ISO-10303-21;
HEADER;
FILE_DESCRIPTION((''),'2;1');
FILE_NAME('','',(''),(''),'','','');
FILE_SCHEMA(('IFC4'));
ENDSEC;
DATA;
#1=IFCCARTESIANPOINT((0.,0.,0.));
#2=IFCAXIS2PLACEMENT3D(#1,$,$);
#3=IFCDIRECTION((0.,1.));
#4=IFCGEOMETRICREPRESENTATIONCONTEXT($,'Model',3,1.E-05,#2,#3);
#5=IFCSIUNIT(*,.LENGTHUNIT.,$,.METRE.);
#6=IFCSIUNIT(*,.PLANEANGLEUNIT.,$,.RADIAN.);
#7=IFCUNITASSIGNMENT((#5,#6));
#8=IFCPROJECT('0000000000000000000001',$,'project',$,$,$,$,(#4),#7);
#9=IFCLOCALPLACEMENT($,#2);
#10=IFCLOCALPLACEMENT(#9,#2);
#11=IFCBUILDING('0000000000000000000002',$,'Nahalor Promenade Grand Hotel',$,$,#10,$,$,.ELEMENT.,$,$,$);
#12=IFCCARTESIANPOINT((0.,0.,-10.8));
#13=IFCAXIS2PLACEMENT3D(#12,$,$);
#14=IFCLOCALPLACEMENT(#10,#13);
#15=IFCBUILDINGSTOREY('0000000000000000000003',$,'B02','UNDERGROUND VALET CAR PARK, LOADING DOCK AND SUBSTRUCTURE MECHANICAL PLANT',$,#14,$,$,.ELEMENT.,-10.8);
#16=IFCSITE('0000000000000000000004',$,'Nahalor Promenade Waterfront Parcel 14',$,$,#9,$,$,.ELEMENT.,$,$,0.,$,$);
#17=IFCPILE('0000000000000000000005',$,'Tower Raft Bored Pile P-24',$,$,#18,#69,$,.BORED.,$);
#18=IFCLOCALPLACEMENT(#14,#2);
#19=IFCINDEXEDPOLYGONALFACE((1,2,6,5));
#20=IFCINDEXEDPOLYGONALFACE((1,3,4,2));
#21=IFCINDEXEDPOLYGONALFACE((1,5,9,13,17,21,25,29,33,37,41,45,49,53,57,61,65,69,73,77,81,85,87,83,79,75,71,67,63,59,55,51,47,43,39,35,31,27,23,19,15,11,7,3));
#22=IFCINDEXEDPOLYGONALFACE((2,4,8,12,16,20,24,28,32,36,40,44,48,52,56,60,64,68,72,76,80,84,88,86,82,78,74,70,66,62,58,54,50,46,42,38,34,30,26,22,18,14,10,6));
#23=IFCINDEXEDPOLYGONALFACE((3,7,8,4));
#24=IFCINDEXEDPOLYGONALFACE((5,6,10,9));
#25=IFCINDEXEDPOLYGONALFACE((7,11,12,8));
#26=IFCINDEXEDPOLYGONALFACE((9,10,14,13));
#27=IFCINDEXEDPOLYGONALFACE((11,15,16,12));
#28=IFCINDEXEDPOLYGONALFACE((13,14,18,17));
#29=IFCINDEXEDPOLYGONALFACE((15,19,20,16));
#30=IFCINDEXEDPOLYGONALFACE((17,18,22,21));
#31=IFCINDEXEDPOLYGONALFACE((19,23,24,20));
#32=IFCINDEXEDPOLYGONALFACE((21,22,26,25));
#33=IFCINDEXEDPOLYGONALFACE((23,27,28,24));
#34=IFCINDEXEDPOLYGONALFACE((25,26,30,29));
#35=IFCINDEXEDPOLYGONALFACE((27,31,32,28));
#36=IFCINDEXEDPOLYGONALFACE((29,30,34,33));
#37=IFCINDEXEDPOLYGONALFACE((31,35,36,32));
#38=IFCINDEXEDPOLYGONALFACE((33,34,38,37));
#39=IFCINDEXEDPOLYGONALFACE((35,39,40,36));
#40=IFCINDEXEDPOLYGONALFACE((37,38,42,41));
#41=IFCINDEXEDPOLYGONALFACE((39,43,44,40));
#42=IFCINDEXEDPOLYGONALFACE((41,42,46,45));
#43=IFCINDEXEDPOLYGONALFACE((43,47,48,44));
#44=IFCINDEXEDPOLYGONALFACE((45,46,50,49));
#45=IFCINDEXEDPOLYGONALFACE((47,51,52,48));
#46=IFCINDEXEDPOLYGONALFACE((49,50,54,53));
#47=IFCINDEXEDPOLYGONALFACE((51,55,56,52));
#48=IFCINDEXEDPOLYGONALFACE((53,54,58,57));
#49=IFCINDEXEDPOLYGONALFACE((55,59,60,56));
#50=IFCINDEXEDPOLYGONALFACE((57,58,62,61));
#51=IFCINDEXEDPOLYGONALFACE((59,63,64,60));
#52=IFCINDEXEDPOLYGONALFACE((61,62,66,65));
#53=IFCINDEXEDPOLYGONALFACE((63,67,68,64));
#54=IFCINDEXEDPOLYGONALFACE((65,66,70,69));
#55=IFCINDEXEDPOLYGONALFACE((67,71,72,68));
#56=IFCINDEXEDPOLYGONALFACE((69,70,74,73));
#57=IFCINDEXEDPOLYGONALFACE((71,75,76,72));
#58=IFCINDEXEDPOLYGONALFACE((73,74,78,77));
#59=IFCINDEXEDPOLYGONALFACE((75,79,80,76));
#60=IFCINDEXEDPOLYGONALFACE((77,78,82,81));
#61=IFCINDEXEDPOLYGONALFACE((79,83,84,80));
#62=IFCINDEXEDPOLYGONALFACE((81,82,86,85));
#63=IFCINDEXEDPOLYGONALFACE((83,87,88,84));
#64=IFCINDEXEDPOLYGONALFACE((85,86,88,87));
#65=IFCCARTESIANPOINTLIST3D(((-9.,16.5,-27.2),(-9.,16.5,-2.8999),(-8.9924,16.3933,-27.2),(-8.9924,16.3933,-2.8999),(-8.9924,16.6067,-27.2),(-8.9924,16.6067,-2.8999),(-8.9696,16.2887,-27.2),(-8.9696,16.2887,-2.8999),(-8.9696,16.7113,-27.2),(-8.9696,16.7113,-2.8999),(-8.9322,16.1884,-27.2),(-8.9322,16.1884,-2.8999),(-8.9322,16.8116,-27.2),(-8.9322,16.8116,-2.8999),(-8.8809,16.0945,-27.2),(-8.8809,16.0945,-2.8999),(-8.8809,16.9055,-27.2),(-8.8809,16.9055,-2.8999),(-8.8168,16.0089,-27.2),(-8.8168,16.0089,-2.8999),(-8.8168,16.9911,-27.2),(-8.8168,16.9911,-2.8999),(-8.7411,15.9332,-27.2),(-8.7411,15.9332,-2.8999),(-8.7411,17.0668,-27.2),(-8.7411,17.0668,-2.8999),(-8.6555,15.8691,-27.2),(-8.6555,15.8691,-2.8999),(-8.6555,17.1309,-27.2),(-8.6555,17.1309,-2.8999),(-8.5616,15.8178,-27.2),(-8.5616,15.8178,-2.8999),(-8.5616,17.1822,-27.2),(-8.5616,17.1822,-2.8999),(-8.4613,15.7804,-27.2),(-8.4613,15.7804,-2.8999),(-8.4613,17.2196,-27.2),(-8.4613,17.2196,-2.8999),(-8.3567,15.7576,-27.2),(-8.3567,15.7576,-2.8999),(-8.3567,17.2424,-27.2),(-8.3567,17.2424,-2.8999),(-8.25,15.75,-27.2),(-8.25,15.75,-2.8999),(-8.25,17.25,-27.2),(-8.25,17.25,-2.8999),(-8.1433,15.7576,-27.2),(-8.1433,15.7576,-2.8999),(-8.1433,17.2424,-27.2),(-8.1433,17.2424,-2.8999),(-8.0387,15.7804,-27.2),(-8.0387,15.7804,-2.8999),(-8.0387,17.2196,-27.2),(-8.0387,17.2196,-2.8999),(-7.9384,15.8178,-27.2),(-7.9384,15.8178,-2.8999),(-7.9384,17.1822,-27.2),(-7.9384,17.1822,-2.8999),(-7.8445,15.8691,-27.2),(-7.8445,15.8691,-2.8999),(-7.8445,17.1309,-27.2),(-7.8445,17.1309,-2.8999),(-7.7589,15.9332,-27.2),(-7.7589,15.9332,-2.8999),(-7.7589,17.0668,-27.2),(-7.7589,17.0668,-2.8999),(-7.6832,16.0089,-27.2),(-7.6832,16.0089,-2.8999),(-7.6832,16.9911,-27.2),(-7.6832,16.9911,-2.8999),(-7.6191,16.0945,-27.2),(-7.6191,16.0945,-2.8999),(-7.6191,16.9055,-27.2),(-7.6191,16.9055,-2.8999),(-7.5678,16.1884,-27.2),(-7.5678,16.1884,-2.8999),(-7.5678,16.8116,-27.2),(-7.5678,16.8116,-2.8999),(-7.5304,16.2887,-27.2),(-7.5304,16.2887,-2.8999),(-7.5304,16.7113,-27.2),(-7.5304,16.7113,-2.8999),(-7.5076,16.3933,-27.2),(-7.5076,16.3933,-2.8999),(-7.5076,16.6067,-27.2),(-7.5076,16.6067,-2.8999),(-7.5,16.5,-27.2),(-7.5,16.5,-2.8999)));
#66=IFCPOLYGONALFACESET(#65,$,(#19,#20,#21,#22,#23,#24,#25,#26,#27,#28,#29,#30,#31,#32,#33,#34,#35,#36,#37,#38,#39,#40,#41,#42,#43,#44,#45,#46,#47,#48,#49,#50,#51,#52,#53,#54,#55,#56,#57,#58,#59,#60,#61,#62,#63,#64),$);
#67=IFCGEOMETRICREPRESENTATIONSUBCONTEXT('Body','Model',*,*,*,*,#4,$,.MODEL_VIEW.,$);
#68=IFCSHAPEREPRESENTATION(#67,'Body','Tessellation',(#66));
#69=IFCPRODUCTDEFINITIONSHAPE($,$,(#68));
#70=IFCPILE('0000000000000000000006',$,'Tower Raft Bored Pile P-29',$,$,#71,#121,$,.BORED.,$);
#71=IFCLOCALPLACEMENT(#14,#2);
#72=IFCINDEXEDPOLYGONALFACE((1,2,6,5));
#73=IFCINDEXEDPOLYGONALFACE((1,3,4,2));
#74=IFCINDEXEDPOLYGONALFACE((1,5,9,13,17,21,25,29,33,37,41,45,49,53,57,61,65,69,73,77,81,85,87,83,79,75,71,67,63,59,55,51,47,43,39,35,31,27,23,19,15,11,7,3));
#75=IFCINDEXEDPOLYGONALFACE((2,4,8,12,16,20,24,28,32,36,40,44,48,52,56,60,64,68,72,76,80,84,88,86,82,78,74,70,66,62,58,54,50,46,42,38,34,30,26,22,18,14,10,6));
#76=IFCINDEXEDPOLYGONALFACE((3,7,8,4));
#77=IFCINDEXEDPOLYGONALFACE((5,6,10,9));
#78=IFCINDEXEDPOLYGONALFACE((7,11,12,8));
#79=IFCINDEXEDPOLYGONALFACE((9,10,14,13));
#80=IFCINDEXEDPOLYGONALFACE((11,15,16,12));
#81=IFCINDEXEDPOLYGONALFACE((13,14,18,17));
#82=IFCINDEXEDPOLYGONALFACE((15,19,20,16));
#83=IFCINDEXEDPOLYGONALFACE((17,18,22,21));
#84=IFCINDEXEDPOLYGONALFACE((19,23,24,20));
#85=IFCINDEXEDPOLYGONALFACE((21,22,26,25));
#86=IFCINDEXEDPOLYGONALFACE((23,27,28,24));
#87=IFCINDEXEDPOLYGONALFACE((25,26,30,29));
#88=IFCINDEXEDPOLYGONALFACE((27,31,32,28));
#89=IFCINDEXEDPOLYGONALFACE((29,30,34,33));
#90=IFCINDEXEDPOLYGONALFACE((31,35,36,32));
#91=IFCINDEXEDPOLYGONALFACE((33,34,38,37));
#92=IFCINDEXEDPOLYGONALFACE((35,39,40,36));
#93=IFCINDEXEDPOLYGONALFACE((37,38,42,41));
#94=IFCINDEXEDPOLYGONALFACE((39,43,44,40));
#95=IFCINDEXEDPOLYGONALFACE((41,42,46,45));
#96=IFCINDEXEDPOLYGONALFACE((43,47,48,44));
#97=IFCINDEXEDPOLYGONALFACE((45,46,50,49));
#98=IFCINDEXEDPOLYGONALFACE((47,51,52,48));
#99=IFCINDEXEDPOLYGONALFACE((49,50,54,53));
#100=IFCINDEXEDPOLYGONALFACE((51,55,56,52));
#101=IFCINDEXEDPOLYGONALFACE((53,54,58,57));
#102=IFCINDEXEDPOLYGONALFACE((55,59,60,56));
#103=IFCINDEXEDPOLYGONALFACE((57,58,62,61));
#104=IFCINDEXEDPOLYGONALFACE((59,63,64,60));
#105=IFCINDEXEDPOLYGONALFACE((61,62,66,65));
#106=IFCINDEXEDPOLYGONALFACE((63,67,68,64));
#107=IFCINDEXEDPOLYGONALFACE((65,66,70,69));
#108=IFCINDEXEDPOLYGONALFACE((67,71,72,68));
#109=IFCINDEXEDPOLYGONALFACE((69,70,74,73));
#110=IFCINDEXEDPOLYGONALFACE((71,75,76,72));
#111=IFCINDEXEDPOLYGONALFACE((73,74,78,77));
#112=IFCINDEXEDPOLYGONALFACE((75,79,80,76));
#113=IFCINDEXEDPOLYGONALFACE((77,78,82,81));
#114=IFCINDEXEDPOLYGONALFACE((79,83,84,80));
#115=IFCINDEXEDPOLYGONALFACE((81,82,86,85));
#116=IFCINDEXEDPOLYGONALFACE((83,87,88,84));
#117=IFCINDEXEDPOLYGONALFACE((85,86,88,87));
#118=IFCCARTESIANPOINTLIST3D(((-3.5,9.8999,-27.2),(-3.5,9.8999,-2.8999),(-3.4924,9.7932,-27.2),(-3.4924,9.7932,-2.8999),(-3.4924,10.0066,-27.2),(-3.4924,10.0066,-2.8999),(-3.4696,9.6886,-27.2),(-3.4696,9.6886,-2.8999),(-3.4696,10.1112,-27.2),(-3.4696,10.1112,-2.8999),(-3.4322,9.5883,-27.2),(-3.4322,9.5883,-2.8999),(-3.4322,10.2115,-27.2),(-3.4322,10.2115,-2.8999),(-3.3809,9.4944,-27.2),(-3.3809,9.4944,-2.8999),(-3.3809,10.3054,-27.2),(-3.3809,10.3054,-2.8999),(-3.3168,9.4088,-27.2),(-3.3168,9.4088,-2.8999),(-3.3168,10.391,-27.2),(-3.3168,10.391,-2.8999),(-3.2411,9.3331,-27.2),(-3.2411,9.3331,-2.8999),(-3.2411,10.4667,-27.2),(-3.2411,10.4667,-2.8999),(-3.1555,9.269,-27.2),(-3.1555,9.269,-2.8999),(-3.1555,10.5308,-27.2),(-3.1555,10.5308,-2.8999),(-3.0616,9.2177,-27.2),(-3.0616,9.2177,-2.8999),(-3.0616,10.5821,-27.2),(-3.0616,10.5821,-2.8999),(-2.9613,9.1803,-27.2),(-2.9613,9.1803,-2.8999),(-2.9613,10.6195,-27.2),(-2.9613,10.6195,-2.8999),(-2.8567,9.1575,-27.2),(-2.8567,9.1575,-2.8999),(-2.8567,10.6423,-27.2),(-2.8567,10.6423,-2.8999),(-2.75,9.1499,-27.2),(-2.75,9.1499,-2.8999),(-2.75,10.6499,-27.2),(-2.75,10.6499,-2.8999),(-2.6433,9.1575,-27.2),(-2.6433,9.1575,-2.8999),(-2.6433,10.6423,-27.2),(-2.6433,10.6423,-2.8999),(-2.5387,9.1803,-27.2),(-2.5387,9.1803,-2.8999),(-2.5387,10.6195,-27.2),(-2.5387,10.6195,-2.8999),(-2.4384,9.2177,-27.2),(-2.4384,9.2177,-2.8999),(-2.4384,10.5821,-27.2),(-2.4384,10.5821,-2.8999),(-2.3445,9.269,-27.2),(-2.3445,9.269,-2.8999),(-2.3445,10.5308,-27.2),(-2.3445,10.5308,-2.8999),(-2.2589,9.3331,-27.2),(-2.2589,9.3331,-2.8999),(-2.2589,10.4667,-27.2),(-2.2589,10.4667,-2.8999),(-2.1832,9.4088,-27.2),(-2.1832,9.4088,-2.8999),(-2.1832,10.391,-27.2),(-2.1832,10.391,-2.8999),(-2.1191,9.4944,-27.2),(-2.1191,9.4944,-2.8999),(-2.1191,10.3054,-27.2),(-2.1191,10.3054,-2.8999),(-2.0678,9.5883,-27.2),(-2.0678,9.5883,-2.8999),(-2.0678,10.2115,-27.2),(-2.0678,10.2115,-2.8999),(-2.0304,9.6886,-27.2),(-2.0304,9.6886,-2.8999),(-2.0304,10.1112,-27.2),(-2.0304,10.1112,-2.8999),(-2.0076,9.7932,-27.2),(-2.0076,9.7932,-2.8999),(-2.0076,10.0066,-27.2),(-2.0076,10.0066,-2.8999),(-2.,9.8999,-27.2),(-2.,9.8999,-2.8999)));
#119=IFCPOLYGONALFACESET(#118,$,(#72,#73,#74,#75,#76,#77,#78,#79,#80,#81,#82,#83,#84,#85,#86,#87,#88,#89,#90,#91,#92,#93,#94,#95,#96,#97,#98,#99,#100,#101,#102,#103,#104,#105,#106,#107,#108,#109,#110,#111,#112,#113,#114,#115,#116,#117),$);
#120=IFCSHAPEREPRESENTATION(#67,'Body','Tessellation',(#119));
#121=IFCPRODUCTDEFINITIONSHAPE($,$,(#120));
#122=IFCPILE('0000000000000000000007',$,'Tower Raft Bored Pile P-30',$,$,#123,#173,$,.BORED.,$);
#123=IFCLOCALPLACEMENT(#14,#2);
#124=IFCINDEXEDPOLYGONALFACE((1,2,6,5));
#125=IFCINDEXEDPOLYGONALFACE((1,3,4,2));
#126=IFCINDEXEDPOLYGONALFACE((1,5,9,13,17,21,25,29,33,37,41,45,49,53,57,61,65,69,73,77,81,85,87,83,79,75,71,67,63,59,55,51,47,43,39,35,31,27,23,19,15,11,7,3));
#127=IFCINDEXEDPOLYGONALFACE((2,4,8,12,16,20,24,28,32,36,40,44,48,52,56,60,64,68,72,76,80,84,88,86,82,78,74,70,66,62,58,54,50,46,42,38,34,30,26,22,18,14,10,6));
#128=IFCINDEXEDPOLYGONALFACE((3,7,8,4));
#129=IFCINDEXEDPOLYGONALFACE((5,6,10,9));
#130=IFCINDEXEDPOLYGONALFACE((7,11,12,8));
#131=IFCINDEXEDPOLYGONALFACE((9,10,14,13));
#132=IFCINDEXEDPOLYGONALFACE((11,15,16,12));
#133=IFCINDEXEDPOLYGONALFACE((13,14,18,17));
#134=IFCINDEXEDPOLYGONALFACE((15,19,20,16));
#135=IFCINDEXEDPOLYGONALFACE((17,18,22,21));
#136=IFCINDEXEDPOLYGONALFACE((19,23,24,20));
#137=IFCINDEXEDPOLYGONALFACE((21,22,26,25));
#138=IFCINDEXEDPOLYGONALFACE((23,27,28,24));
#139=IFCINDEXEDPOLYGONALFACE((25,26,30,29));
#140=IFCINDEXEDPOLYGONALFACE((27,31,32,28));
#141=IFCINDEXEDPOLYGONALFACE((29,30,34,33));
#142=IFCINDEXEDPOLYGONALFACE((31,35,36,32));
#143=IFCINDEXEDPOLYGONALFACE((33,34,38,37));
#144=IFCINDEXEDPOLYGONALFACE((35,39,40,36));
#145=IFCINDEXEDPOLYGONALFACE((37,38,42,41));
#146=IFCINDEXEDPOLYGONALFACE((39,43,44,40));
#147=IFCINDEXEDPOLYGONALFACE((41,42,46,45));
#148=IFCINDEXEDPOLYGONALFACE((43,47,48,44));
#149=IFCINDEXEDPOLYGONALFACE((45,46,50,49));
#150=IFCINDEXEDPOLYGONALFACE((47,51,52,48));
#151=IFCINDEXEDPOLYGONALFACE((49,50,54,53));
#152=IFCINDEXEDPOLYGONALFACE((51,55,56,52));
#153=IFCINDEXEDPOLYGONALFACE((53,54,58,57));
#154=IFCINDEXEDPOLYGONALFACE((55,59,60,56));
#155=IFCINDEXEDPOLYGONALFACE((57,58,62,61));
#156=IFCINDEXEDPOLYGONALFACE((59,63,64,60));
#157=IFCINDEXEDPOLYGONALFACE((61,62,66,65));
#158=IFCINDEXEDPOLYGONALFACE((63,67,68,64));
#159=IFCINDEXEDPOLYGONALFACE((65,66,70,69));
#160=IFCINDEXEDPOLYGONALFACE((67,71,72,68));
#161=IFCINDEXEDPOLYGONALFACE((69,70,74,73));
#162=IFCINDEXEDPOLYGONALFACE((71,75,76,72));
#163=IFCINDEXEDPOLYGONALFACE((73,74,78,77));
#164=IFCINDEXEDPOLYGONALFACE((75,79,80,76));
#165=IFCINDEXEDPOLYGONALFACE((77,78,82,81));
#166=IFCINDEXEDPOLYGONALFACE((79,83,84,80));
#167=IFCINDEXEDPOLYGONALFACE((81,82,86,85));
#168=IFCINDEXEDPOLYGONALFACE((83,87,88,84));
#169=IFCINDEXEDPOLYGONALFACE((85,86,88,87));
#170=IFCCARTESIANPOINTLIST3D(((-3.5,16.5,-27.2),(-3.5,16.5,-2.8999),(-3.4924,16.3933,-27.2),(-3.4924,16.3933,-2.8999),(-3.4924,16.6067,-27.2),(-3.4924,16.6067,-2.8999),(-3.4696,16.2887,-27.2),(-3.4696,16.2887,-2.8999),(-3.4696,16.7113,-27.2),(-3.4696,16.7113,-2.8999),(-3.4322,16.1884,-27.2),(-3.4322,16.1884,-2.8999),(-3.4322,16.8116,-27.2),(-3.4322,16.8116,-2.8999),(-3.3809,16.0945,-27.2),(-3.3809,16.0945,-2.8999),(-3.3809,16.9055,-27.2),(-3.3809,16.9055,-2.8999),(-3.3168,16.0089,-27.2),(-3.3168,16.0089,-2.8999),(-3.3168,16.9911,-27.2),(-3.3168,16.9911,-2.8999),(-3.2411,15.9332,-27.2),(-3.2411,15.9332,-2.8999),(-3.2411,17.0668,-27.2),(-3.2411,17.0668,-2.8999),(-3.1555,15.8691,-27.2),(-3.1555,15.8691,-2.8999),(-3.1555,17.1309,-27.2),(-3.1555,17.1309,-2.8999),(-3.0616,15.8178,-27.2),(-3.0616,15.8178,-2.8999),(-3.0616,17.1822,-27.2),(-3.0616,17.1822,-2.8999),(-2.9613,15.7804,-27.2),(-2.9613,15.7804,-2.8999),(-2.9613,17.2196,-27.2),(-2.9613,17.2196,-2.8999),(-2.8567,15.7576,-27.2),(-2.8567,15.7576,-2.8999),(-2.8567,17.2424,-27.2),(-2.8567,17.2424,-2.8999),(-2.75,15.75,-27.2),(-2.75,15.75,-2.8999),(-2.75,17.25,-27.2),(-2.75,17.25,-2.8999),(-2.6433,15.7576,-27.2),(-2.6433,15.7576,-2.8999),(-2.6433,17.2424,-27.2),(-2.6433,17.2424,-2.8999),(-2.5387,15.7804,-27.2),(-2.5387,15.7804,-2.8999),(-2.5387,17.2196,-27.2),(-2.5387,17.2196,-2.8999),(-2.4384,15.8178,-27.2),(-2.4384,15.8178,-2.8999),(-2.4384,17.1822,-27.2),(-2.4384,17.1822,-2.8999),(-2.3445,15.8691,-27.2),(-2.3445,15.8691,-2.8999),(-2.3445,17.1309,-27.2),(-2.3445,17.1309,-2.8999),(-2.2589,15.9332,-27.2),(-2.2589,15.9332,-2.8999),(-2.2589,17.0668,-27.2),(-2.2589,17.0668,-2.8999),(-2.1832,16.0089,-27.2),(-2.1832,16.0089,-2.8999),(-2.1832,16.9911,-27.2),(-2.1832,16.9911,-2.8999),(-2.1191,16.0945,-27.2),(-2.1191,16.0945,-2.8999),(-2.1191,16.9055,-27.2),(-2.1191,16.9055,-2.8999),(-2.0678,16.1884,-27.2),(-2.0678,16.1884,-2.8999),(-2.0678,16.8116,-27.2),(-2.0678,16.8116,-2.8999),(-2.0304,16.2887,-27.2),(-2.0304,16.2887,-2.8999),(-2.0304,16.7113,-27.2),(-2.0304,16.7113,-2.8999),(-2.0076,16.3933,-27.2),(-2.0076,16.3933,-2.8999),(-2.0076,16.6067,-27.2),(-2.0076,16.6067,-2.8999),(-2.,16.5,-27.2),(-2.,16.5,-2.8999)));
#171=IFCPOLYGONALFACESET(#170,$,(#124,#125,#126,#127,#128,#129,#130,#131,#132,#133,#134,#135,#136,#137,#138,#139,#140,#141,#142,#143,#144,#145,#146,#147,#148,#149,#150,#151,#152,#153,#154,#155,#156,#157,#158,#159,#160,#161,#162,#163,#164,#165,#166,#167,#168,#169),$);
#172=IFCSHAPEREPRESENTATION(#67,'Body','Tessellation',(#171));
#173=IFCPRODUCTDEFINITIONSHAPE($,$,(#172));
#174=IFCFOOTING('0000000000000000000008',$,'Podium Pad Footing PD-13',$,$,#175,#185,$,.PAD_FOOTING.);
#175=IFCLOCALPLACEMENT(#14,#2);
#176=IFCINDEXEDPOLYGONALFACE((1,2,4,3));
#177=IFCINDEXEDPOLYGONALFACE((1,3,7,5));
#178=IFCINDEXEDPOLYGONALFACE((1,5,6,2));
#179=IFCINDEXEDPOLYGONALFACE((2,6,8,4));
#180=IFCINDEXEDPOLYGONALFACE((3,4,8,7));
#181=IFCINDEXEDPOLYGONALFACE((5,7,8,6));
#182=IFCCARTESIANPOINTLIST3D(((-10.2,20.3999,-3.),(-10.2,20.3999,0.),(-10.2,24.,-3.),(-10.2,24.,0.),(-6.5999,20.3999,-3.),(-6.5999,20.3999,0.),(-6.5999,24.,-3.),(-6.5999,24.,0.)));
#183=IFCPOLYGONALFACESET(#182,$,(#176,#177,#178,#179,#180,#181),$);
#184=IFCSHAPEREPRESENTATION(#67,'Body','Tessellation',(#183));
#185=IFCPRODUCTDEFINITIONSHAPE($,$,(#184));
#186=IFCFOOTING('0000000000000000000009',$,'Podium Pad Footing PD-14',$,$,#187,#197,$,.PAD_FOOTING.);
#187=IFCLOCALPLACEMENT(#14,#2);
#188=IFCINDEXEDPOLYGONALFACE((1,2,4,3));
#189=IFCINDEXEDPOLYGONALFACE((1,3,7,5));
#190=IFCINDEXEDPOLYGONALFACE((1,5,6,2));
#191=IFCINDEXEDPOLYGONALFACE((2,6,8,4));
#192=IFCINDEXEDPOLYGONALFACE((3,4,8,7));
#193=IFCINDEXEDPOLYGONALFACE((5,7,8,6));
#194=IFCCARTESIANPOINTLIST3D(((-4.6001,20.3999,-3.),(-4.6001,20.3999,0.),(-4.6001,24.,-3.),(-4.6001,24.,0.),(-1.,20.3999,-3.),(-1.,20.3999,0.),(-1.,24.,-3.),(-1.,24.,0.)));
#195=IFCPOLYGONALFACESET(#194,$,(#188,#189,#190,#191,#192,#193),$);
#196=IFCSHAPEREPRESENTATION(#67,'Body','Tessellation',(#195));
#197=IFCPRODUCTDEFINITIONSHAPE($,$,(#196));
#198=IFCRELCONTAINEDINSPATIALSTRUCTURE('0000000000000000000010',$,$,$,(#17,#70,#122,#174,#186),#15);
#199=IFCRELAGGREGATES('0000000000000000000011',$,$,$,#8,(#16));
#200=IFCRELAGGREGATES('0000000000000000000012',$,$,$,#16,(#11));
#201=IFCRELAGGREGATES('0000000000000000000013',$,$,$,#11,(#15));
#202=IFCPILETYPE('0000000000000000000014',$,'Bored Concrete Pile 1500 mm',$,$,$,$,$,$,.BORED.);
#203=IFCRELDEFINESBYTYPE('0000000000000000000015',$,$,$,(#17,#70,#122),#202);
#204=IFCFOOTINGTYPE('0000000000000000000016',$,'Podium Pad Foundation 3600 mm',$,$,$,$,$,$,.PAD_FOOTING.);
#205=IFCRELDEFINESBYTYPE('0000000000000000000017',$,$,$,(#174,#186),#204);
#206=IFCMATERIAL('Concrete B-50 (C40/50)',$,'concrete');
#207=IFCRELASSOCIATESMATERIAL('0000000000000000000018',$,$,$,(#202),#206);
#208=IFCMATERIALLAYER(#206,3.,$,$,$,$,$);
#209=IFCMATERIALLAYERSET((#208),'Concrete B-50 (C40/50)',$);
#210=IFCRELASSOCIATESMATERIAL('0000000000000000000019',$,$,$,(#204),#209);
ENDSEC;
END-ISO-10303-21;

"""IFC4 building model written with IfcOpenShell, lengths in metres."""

from ifc_helpers import new_model, si_unit, direction, frame, origin, origin_2d, place, context, subcontext, project, spatial, rectangle, circle, extrude, source, transform, mapped, material, layer, layer_set, material_profile, profile_set, type_object, element, save


model = new_model("IFC4")

# Units and contexts
model_context = context("Model", 3, precision=1e-05, world=origin(), true_north=direction((0.0, 1.0)))
body_context = subcontext(model_context, "Body", "Model", "MODEL_VIEW")
ifc_project = project(units=[si_unit("LENGTHUNIT", "METRE"), si_unit("PLANEANGLEUNIT", "RADIAN")], contexts=[model_context])

# Site, building, storey
site_placement = place(None, origin())
site = spatial("IfcSite", under=ifc_project, at=site_placement, Name="Nahalor Promenade Waterfront Parcel 14", CompositionType="ELEMENT", RefElevation=0.0)
building_placement = place(site_placement, origin())
building = spatial("IfcBuilding", under=site, at=building_placement, Name="Nahalor Promenade Grand Hotel", CompositionType="ELEMENT")
storey_placement = place(building_placement, frame((0.0, 0.0, -10.8)))
storey = spatial("IfcBuildingStorey", under=building, at=storey_placement, Name="B02", Description="UNDERGROUND VALET CAR PARK, LOADING DOCK AND SUBSTRUCTURE MECHANICAL PLANT", CompositionType="ELEMENT", Elevation=-10.8)

# Piles
ifc_material_1 = material(Name="Concrete B-50 (C40/50)", Category="concrete")
ifc_material_profile_1 = material_profile(ifc_material_1, circle(Radius=0.75, at=origin_2d()), Name="PILE D1500")
ifc_profile_set_1 = profile_set([ifc_material_profile_1], Name="Concrete B-50 (C40/50)")
pile_type = type_object("IfcPileType", Name="Bored Concrete Pile 1500 mm", PredefinedType="BORED", material=ifc_profile_set_1)
shared_shape_1 = source(origin(), body_context, "Body", "SweptSolid", [
    extrude(circle(Radius=0.75, at=origin_2d()), origin(), (0.0, 0.0, 1.0), 24.3),
])
for number, where, z_axis, x_axis, name in (
    (1, (-8.25, 16.5, -2.8999), (0.0, 0.0, -1.0), (1.0, 0.0, 0.0), "Tower Raft Bored Pile P-24"),
    (2, (-2.75, 9.8999, -2.8999), (0.0, 0.0, -1.0), (1.0, 0.0, 0.0), "Tower Raft Bored Pile P-29"),
    (3, (-2.75, 16.5, -2.8999), (0.0, 0.0, -1.0), (1.0, 0.0, 0.0), "Tower Raft Bored Pile P-30"),
):
    element("IfcPile", number, at=place(storey_placement, frame(where, z_axis=z_axis, x_axis=x_axis)), inside=storey, type_object=pile_type, Name=name, PredefinedType="BORED", context=body_context, shape_type="MappedRepresentation", body=[
        mapped(shared_shape_1, transform((0.0, 0.0, 0.0), scale=1.0)),
    ])

# Footings
ifc_layer_1 = layer(ifc_material_1, 3.0)
ifc_layer_set_1 = layer_set([ifc_layer_1], Name="Concrete B-50 (C40/50)")
footing_type_1 = type_object("IfcFootingType", Name="Podium Pad Foundation 3600 mm", PredefinedType="PAD_FOOTING", material=ifc_layer_set_1)
shared_shape_2 = source(origin(), body_context, "Body", "SweptSolid", [
    extrude(rectangle(XDim=3.6001, YDim=3.6001, at=origin_2d()), origin(), (0.0, 0.0, 1.0), 3.0),
])
for number, where, z_axis, x_axis, name in (
    (4, (-8.3999, 22.2, -3.0), (0.0, 0.0, 1.0), (1.0, 0.0, 0.0), "Podium Pad Footing PD-13"),
    (5, (-2.8, 22.2, -3.0), (0.0, 0.0, 1.0), (1.0, 0.0, 0.0), "Podium Pad Footing PD-14"),
):
    element("IfcFooting", number, at=place(storey_placement, frame(where, z_axis=z_axis, x_axis=x_axis)), inside=storey, type_object=footing_type_1, Name=name, PredefinedType="PAD_FOOTING", context=body_context, shape_type="MappedRepresentation", body=[
        mapped(shared_shape_2, transform((0.0, 0.0, 0.0), scale=1.0)),
    ])

save(model, "model.ifc")
